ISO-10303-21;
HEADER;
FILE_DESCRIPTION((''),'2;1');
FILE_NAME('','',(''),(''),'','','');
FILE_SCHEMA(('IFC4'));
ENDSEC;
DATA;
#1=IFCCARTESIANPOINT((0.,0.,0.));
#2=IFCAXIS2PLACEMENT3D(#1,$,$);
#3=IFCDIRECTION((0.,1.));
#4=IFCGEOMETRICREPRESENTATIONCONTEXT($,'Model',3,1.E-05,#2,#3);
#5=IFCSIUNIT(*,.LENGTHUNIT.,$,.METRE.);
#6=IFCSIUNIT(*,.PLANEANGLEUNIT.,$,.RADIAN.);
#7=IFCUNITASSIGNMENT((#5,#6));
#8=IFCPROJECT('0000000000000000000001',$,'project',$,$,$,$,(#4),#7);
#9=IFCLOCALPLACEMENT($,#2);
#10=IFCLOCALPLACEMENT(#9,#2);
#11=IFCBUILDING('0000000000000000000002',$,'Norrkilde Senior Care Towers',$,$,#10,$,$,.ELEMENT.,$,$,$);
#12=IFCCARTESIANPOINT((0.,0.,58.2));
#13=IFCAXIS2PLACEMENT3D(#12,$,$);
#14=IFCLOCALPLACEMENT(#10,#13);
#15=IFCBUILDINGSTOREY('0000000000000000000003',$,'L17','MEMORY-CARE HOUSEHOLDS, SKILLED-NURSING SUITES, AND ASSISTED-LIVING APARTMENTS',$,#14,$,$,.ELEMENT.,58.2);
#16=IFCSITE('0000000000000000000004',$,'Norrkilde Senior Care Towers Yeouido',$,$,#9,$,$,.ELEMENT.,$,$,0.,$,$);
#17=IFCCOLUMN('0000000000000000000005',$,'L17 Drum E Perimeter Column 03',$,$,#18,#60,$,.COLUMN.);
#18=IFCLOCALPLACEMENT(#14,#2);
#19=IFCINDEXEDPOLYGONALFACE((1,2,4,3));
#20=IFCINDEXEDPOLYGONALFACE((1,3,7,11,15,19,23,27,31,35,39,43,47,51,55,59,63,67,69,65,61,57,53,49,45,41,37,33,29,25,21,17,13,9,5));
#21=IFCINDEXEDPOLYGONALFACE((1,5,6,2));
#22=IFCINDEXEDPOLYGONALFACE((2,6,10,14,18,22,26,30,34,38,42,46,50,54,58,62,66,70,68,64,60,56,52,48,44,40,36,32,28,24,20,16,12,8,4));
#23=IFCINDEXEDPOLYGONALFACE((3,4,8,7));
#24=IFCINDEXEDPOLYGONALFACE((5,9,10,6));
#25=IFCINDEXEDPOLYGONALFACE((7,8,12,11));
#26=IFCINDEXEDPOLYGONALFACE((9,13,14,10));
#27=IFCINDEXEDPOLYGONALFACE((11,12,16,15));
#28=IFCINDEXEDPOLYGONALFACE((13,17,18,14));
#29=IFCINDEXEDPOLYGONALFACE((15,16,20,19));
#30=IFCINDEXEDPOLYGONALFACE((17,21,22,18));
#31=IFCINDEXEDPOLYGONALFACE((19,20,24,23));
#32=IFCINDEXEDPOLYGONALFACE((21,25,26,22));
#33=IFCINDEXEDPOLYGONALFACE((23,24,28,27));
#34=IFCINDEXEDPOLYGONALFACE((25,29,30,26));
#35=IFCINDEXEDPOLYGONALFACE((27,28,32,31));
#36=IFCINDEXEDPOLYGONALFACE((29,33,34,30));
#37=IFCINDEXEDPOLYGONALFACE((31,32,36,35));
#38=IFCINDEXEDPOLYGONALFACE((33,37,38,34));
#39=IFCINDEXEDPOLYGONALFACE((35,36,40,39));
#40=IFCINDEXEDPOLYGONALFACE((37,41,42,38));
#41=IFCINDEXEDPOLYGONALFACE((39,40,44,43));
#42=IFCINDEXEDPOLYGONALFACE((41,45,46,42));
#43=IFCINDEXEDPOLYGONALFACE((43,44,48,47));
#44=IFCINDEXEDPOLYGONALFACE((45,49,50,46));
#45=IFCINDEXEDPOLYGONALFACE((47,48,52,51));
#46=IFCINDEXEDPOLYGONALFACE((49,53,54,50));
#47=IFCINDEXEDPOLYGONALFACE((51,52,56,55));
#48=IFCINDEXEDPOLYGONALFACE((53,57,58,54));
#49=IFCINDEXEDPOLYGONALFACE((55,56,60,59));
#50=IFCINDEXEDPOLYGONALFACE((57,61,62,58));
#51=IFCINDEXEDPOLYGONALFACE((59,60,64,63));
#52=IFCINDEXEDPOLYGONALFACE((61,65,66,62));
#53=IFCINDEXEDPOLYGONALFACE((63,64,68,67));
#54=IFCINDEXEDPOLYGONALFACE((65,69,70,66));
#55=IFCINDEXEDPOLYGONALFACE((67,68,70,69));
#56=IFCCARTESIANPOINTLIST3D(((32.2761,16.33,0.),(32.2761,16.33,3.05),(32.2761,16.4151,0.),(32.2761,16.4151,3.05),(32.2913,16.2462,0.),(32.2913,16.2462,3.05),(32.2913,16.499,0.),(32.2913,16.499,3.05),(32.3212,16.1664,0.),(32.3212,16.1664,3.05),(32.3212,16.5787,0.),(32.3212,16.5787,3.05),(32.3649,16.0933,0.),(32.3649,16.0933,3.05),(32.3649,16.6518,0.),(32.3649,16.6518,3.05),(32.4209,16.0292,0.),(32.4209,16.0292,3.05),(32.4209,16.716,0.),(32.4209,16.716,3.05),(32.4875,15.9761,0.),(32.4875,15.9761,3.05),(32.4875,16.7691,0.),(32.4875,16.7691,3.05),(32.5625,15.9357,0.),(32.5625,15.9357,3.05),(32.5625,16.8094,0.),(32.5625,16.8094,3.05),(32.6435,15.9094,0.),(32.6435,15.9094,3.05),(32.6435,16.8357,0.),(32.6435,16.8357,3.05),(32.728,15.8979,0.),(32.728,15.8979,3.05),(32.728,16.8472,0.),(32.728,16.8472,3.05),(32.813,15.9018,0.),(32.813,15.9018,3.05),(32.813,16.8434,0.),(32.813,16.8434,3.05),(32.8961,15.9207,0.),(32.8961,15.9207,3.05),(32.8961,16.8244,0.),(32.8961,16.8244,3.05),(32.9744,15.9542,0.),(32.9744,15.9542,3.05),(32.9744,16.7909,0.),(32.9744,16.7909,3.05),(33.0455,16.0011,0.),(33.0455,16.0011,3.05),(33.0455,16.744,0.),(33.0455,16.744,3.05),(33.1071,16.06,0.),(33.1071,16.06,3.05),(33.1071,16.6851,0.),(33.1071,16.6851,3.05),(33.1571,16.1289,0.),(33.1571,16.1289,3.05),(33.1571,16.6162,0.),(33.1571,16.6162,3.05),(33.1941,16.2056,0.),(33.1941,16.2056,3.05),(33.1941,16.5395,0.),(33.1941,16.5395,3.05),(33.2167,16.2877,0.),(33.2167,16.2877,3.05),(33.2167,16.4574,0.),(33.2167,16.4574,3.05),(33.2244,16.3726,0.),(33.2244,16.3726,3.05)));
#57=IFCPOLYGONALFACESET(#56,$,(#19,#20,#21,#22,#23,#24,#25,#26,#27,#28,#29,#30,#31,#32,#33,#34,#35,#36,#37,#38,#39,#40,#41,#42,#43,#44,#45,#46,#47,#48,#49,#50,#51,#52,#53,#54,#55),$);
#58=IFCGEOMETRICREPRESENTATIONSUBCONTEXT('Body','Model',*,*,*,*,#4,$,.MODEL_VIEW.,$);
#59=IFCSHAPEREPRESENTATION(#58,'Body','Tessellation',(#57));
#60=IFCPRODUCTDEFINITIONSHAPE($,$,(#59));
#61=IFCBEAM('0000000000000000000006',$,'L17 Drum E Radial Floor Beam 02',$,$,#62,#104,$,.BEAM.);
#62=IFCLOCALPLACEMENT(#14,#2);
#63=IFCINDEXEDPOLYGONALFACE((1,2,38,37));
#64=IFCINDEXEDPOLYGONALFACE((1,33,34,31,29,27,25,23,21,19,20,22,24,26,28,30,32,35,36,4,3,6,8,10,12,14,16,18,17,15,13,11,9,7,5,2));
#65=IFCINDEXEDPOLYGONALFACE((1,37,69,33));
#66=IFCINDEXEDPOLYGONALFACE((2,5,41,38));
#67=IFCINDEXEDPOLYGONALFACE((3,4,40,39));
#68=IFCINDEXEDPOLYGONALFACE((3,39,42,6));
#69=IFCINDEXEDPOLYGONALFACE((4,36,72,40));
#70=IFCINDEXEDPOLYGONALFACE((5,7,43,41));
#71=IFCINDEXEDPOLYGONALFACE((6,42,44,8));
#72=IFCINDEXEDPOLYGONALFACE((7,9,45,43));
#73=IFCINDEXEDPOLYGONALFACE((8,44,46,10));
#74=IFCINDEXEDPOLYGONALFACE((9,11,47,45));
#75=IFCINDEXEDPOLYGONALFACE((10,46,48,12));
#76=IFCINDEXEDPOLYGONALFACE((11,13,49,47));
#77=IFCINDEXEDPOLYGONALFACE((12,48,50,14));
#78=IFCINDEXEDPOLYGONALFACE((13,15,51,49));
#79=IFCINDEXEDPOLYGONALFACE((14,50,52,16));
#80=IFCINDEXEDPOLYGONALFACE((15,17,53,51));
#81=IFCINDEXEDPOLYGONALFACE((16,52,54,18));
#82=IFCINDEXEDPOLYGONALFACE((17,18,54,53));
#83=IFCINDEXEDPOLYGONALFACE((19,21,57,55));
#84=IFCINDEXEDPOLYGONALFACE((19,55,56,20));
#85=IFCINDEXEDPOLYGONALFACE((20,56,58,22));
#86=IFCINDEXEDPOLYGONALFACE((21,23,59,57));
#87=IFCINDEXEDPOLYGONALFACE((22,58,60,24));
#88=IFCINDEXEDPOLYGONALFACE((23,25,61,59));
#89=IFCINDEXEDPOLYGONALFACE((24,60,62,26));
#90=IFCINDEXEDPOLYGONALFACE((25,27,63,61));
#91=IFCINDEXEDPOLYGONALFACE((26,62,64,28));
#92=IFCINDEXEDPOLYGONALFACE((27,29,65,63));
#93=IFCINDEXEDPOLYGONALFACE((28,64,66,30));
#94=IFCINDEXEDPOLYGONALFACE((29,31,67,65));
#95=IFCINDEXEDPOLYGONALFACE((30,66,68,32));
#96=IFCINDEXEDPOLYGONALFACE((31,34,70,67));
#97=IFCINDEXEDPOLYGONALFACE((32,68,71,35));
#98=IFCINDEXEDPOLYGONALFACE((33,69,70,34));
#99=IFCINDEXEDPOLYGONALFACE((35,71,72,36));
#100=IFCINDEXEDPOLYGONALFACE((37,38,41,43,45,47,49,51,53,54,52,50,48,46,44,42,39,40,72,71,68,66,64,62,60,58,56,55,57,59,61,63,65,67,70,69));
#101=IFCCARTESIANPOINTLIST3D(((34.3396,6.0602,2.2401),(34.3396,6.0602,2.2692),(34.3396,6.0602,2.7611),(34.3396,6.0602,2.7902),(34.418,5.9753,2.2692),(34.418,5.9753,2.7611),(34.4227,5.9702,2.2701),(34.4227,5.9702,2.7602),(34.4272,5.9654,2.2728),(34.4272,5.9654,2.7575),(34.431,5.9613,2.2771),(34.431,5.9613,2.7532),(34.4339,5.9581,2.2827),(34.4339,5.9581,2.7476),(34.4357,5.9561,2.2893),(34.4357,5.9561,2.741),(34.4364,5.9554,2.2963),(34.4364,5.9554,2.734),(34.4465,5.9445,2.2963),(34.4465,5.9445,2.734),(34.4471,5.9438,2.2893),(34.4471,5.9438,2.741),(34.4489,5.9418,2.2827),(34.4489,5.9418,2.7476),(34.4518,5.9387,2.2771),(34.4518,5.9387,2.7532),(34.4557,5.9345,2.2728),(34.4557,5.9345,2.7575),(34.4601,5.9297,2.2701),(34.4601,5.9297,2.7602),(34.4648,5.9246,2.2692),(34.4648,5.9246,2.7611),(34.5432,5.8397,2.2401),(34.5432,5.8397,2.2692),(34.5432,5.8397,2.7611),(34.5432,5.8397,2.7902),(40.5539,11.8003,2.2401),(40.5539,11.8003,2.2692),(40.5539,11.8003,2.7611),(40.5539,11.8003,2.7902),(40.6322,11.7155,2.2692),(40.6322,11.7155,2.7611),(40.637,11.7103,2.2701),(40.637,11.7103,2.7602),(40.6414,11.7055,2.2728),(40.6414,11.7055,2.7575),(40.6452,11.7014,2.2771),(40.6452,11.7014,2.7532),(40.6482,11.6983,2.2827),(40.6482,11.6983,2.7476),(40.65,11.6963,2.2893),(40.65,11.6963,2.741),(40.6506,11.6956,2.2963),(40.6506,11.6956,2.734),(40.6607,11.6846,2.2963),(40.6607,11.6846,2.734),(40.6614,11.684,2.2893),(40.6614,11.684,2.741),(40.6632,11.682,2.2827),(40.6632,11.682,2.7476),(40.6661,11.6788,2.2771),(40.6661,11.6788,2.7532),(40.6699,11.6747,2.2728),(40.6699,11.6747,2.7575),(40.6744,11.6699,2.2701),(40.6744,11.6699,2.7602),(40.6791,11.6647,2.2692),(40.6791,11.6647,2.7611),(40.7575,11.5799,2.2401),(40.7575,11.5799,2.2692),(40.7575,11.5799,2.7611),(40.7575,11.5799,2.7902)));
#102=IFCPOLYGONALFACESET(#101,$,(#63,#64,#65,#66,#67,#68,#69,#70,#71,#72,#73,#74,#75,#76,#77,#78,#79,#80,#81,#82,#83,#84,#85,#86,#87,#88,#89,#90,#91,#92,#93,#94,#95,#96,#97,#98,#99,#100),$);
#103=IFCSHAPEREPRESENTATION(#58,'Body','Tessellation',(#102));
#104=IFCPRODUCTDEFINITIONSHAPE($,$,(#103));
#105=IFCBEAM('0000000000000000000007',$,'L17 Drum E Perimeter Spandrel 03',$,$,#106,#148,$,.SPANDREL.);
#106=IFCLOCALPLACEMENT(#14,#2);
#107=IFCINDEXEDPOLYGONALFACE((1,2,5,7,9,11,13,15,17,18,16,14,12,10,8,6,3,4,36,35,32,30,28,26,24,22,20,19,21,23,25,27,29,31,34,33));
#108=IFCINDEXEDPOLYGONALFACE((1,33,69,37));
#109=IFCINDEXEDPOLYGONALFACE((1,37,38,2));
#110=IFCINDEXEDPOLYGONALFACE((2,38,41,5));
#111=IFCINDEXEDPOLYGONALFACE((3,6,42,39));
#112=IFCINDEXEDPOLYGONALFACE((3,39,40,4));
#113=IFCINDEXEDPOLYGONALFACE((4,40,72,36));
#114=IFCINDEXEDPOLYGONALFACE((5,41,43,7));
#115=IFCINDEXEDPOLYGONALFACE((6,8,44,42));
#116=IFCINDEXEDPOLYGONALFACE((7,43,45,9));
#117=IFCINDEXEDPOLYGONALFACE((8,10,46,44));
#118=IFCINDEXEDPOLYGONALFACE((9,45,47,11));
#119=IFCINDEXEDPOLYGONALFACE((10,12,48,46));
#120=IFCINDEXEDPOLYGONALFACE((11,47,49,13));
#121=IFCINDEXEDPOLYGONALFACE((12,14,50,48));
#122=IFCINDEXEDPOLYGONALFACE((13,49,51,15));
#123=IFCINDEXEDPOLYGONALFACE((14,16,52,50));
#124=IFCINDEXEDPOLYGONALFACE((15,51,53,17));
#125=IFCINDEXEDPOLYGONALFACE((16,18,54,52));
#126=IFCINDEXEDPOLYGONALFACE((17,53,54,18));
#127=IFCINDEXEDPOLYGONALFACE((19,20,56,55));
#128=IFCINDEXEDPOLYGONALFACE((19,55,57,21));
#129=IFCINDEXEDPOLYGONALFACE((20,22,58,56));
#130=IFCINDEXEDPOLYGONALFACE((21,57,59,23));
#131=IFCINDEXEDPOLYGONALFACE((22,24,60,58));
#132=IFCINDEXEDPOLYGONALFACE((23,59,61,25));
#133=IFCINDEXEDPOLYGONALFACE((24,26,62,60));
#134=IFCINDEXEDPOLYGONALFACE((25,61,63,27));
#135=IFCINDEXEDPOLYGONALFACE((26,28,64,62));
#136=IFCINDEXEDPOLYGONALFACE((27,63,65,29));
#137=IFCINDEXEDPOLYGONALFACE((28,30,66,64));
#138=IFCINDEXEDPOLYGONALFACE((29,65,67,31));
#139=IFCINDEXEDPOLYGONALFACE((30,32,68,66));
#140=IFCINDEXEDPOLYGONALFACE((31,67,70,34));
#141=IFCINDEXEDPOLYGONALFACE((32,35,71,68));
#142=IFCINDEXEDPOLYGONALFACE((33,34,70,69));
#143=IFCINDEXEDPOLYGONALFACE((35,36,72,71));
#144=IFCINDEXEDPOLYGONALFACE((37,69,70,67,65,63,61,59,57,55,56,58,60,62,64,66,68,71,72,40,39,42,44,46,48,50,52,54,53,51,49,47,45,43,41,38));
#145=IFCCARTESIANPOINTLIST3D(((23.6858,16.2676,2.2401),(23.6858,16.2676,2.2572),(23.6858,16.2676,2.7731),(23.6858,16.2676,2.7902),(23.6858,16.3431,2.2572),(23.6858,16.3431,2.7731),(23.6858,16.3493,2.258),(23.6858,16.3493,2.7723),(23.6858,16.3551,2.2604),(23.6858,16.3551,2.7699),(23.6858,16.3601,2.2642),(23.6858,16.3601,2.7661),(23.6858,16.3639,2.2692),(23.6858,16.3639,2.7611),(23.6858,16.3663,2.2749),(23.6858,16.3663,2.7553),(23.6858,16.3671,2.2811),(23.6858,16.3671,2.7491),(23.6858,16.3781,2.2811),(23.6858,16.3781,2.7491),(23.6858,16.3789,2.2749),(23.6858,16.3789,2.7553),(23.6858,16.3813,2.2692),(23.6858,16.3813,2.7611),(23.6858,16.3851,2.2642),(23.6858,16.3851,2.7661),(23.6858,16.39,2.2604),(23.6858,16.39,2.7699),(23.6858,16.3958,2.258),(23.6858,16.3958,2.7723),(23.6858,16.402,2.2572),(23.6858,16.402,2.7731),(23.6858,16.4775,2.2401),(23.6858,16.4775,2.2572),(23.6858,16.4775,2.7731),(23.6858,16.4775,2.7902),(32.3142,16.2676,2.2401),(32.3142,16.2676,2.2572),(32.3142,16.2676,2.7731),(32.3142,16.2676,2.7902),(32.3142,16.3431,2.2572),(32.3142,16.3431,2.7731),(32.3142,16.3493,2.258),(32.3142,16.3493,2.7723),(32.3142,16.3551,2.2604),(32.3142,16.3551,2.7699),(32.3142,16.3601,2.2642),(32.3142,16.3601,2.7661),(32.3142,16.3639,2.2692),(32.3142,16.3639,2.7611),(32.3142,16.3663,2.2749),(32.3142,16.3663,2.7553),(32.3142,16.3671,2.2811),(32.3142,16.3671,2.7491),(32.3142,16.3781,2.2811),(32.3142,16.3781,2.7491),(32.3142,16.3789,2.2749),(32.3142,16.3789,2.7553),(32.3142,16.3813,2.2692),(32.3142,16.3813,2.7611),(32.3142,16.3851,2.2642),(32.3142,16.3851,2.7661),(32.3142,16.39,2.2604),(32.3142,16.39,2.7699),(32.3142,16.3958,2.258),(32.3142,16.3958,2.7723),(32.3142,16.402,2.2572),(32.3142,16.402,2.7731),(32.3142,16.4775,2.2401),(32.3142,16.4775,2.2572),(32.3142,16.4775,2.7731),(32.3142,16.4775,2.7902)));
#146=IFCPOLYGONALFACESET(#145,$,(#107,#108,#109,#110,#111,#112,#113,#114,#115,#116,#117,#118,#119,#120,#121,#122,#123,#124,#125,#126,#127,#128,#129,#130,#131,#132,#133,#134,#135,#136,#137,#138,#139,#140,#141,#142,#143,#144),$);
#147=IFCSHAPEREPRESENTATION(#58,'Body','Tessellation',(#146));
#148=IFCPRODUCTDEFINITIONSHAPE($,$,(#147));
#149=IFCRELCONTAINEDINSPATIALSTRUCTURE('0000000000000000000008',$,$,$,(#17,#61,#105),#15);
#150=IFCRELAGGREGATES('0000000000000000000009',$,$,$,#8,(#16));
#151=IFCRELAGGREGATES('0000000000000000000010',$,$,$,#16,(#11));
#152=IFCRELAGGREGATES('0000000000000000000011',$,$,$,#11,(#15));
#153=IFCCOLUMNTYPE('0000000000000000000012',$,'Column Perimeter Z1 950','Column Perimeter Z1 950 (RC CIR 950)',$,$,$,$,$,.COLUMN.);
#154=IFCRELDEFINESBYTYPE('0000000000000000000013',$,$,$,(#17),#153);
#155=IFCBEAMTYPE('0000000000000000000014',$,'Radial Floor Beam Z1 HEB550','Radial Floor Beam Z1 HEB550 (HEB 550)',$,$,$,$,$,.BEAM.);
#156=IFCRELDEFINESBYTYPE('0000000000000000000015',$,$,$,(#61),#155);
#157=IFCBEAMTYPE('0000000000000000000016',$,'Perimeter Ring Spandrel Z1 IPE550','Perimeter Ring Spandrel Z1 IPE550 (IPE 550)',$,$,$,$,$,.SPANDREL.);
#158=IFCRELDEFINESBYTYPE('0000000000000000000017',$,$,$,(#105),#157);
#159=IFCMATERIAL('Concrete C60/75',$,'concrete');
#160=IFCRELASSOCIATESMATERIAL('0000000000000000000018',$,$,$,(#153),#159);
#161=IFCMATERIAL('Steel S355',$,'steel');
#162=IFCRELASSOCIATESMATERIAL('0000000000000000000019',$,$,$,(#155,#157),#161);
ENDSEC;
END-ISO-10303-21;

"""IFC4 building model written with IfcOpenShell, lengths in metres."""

from ifc_helpers import new_model, si_unit, direction, frame, origin, origin_2d, place, context, subcontext, project, spatial, circle, i_section, extrude, source, transform, mapped, material, material_profile, profile_set, type_object, type_shapes, element, save


model = new_model("IFC4")

# Units and contexts
model_context = context("Model", 3, precision=1e-05, world=origin(), true_north=direction((0.0, 1.0)))
body_context = subcontext(model_context, "Body", "Model", "MODEL_VIEW")
ifc_project = project(units=[si_unit("LENGTHUNIT", "METRE"), si_unit("PLANEANGLEUNIT", "RADIAN")], contexts=[model_context])

# Site, building, storey
site_placement = place(None, origin())
site = spatial("IfcSite", under=ifc_project, at=site_placement, Name="Norrkilde Senior Care Towers Yeouido", CompositionType="ELEMENT", RefElevation=0.0)
building_placement = place(site_placement, origin())
building = spatial("IfcBuilding", under=site, at=building_placement, Name="Norrkilde Senior Care Towers", CompositionType="ELEMENT")
storey_placement = place(building_placement, frame((0.0, 0.0, 58.2)))
storey = spatial("IfcBuildingStorey", under=building, at=storey_placement, Name="L17", Description="MEMORY-CARE HOUSEHOLDS, SKILLED-NURSING SUITES, AND ASSISTED-LIVING APARTMENTS", CompositionType="ELEMENT", Elevation=58.2)

# Column
ifc_material_1 = material(Name="Concrete C60/75", Category="concrete")
ifc_material_profile_1 = material_profile(ifc_material_1, circle(Radius=0.4751, at=origin_2d()), Name="RC CIR 950")
ifc_profile_set_1 = profile_set([ifc_material_profile_1], Name="Concrete C60/75")
column_type = type_object("IfcColumnType", Name="Column Perimeter Z1 950", Description="Column Perimeter Z1 950 (RC CIR 950)", PredefinedType="COLUMN", material=ifc_profile_set_1)
shared_shape_1 = source(origin(), body_context, "Body", "SweptSolid", [
    extrude(circle(Radius=0.4751, at=origin_2d()), origin(), (0.0, 0.0, 1.0), 3.05),
])
type_shapes(column_type, [shared_shape_1])
column_placement = place(storey_placement, frame((32.7493, 16.3726, 0.0), z_axis=(0.0, 0.0, 1.0), x_axis=(1.0, 0.0, 0.0)))
element("IfcColumn", 1, at=column_placement, inside=storey, type_object=column_type, Name="L17 Drum E Perimeter Column 03", PredefinedType="COLUMN", context=body_context, shape_type="MappedRepresentation", body=[
    mapped(shared_shape_1, transform((0.0, 0.0, 0.0), x_axis=(1.0, 0.0, 0.0), y_axis=(0.0, 1.0, 0.0), z_axis=(0.0, 0.0, 1.0), scale=1.0)),
])

# Beams
ifc_material_2 = material(Name="Steel S355", Category="steel")
ifc_material_profile_2 = material_profile(ifc_material_2, i_section(OverallWidth=0.3, OverallDepth=0.55, WebThickness=0.0149, FlangeThickness=0.0291, FilletRadius=0.0271, at=origin_2d()), Name="HEB 550")
ifc_profile_set_2 = profile_set([ifc_material_profile_2], Name="Steel S355")
beam_type_1 = type_object("IfcBeamType", Name="Radial Floor Beam Z1 HEB550", Description="Radial Floor Beam Z1 HEB550 (HEB 550)", PredefinedType="BEAM", material=ifc_profile_set_2)
shared_shape_2 = source(origin(), body_context, "Body", "SweptSolid", [
    extrude(i_section(OverallWidth=0.3, OverallDepth=0.55, WebThickness=0.0149, FlangeThickness=0.0291, FilletRadius=0.0271, at=origin_2d()), origin(), (0.0, 0.0, 1.0), 8.4597),
])
beam_1_placement = place(storey_placement, frame((34.4414, 5.95, 2.5151), z_axis=(0.734573, 0.678529, 0.0), x_axis=(-0.678529, 0.734573, 0.0)))
element("IfcBeam", 2, at=beam_1_placement, inside=storey, type_object=beam_type_1, Name="L17 Drum E Radial Floor Beam 02", PredefinedType="BEAM", context=body_context, shape_type="MappedRepresentation", body=[
    mapped(shared_shape_2, transform((0.0, 0.0, 0.0), x_axis=(1.0, 0.0, 0.0), y_axis=(0.0, 1.0, 0.0), z_axis=(0.0, 0.0, 1.0), scale=1.0)),
])
ifc_material_profile_3 = material_profile(ifc_material_2, i_section(OverallWidth=0.21, OverallDepth=0.55, WebThickness=0.011, FlangeThickness=0.0171, FilletRadius=0.0239, at=origin_2d()), Name="IPE 550")
ifc_profile_set_3 = profile_set([ifc_material_profile_3], Name="Steel S355")
beam_type_2 = type_object("IfcBeamType", Name="Perimeter Ring Spandrel Z1 IPE550", Description="Perimeter Ring Spandrel Z1 IPE550 (IPE 550)", PredefinedType="SPANDREL", material=ifc_profile_set_3)
shared_shape_3 = source(origin(), body_context, "Body", "SweptSolid", [
    extrude(i_section(OverallWidth=0.21, OverallDepth=0.55, WebThickness=0.011, FlangeThickness=0.0171, FilletRadius=0.0239, at=origin_2d()), origin(), (0.0, 0.0, 1.0), 8.6284),
])
type_shapes(beam_type_2, [shared_shape_3])
beam_2_placement = place(storey_placement, frame((32.3142, 16.3726, 2.5151), z_axis=(-1.0, 0.0, 0.0), x_axis=(0.0, -1.0, 0.0)))
element("IfcBeam", 3, at=beam_2_placement, inside=storey, type_object=beam_type_2, Name="L17 Drum E Perimeter Spandrel 03", PredefinedType="SPANDREL", context=body_context, shape_type="MappedRepresentation", body=[
    mapped(shared_shape_3, transform((0.0, 0.0, 0.0), x_axis=(1.0, 0.0, 0.0), y_axis=(0.0, 1.0, 0.0), z_axis=(0.0, 0.0, 1.0), scale=1.0)),
])

save(model, "model.ifc")
